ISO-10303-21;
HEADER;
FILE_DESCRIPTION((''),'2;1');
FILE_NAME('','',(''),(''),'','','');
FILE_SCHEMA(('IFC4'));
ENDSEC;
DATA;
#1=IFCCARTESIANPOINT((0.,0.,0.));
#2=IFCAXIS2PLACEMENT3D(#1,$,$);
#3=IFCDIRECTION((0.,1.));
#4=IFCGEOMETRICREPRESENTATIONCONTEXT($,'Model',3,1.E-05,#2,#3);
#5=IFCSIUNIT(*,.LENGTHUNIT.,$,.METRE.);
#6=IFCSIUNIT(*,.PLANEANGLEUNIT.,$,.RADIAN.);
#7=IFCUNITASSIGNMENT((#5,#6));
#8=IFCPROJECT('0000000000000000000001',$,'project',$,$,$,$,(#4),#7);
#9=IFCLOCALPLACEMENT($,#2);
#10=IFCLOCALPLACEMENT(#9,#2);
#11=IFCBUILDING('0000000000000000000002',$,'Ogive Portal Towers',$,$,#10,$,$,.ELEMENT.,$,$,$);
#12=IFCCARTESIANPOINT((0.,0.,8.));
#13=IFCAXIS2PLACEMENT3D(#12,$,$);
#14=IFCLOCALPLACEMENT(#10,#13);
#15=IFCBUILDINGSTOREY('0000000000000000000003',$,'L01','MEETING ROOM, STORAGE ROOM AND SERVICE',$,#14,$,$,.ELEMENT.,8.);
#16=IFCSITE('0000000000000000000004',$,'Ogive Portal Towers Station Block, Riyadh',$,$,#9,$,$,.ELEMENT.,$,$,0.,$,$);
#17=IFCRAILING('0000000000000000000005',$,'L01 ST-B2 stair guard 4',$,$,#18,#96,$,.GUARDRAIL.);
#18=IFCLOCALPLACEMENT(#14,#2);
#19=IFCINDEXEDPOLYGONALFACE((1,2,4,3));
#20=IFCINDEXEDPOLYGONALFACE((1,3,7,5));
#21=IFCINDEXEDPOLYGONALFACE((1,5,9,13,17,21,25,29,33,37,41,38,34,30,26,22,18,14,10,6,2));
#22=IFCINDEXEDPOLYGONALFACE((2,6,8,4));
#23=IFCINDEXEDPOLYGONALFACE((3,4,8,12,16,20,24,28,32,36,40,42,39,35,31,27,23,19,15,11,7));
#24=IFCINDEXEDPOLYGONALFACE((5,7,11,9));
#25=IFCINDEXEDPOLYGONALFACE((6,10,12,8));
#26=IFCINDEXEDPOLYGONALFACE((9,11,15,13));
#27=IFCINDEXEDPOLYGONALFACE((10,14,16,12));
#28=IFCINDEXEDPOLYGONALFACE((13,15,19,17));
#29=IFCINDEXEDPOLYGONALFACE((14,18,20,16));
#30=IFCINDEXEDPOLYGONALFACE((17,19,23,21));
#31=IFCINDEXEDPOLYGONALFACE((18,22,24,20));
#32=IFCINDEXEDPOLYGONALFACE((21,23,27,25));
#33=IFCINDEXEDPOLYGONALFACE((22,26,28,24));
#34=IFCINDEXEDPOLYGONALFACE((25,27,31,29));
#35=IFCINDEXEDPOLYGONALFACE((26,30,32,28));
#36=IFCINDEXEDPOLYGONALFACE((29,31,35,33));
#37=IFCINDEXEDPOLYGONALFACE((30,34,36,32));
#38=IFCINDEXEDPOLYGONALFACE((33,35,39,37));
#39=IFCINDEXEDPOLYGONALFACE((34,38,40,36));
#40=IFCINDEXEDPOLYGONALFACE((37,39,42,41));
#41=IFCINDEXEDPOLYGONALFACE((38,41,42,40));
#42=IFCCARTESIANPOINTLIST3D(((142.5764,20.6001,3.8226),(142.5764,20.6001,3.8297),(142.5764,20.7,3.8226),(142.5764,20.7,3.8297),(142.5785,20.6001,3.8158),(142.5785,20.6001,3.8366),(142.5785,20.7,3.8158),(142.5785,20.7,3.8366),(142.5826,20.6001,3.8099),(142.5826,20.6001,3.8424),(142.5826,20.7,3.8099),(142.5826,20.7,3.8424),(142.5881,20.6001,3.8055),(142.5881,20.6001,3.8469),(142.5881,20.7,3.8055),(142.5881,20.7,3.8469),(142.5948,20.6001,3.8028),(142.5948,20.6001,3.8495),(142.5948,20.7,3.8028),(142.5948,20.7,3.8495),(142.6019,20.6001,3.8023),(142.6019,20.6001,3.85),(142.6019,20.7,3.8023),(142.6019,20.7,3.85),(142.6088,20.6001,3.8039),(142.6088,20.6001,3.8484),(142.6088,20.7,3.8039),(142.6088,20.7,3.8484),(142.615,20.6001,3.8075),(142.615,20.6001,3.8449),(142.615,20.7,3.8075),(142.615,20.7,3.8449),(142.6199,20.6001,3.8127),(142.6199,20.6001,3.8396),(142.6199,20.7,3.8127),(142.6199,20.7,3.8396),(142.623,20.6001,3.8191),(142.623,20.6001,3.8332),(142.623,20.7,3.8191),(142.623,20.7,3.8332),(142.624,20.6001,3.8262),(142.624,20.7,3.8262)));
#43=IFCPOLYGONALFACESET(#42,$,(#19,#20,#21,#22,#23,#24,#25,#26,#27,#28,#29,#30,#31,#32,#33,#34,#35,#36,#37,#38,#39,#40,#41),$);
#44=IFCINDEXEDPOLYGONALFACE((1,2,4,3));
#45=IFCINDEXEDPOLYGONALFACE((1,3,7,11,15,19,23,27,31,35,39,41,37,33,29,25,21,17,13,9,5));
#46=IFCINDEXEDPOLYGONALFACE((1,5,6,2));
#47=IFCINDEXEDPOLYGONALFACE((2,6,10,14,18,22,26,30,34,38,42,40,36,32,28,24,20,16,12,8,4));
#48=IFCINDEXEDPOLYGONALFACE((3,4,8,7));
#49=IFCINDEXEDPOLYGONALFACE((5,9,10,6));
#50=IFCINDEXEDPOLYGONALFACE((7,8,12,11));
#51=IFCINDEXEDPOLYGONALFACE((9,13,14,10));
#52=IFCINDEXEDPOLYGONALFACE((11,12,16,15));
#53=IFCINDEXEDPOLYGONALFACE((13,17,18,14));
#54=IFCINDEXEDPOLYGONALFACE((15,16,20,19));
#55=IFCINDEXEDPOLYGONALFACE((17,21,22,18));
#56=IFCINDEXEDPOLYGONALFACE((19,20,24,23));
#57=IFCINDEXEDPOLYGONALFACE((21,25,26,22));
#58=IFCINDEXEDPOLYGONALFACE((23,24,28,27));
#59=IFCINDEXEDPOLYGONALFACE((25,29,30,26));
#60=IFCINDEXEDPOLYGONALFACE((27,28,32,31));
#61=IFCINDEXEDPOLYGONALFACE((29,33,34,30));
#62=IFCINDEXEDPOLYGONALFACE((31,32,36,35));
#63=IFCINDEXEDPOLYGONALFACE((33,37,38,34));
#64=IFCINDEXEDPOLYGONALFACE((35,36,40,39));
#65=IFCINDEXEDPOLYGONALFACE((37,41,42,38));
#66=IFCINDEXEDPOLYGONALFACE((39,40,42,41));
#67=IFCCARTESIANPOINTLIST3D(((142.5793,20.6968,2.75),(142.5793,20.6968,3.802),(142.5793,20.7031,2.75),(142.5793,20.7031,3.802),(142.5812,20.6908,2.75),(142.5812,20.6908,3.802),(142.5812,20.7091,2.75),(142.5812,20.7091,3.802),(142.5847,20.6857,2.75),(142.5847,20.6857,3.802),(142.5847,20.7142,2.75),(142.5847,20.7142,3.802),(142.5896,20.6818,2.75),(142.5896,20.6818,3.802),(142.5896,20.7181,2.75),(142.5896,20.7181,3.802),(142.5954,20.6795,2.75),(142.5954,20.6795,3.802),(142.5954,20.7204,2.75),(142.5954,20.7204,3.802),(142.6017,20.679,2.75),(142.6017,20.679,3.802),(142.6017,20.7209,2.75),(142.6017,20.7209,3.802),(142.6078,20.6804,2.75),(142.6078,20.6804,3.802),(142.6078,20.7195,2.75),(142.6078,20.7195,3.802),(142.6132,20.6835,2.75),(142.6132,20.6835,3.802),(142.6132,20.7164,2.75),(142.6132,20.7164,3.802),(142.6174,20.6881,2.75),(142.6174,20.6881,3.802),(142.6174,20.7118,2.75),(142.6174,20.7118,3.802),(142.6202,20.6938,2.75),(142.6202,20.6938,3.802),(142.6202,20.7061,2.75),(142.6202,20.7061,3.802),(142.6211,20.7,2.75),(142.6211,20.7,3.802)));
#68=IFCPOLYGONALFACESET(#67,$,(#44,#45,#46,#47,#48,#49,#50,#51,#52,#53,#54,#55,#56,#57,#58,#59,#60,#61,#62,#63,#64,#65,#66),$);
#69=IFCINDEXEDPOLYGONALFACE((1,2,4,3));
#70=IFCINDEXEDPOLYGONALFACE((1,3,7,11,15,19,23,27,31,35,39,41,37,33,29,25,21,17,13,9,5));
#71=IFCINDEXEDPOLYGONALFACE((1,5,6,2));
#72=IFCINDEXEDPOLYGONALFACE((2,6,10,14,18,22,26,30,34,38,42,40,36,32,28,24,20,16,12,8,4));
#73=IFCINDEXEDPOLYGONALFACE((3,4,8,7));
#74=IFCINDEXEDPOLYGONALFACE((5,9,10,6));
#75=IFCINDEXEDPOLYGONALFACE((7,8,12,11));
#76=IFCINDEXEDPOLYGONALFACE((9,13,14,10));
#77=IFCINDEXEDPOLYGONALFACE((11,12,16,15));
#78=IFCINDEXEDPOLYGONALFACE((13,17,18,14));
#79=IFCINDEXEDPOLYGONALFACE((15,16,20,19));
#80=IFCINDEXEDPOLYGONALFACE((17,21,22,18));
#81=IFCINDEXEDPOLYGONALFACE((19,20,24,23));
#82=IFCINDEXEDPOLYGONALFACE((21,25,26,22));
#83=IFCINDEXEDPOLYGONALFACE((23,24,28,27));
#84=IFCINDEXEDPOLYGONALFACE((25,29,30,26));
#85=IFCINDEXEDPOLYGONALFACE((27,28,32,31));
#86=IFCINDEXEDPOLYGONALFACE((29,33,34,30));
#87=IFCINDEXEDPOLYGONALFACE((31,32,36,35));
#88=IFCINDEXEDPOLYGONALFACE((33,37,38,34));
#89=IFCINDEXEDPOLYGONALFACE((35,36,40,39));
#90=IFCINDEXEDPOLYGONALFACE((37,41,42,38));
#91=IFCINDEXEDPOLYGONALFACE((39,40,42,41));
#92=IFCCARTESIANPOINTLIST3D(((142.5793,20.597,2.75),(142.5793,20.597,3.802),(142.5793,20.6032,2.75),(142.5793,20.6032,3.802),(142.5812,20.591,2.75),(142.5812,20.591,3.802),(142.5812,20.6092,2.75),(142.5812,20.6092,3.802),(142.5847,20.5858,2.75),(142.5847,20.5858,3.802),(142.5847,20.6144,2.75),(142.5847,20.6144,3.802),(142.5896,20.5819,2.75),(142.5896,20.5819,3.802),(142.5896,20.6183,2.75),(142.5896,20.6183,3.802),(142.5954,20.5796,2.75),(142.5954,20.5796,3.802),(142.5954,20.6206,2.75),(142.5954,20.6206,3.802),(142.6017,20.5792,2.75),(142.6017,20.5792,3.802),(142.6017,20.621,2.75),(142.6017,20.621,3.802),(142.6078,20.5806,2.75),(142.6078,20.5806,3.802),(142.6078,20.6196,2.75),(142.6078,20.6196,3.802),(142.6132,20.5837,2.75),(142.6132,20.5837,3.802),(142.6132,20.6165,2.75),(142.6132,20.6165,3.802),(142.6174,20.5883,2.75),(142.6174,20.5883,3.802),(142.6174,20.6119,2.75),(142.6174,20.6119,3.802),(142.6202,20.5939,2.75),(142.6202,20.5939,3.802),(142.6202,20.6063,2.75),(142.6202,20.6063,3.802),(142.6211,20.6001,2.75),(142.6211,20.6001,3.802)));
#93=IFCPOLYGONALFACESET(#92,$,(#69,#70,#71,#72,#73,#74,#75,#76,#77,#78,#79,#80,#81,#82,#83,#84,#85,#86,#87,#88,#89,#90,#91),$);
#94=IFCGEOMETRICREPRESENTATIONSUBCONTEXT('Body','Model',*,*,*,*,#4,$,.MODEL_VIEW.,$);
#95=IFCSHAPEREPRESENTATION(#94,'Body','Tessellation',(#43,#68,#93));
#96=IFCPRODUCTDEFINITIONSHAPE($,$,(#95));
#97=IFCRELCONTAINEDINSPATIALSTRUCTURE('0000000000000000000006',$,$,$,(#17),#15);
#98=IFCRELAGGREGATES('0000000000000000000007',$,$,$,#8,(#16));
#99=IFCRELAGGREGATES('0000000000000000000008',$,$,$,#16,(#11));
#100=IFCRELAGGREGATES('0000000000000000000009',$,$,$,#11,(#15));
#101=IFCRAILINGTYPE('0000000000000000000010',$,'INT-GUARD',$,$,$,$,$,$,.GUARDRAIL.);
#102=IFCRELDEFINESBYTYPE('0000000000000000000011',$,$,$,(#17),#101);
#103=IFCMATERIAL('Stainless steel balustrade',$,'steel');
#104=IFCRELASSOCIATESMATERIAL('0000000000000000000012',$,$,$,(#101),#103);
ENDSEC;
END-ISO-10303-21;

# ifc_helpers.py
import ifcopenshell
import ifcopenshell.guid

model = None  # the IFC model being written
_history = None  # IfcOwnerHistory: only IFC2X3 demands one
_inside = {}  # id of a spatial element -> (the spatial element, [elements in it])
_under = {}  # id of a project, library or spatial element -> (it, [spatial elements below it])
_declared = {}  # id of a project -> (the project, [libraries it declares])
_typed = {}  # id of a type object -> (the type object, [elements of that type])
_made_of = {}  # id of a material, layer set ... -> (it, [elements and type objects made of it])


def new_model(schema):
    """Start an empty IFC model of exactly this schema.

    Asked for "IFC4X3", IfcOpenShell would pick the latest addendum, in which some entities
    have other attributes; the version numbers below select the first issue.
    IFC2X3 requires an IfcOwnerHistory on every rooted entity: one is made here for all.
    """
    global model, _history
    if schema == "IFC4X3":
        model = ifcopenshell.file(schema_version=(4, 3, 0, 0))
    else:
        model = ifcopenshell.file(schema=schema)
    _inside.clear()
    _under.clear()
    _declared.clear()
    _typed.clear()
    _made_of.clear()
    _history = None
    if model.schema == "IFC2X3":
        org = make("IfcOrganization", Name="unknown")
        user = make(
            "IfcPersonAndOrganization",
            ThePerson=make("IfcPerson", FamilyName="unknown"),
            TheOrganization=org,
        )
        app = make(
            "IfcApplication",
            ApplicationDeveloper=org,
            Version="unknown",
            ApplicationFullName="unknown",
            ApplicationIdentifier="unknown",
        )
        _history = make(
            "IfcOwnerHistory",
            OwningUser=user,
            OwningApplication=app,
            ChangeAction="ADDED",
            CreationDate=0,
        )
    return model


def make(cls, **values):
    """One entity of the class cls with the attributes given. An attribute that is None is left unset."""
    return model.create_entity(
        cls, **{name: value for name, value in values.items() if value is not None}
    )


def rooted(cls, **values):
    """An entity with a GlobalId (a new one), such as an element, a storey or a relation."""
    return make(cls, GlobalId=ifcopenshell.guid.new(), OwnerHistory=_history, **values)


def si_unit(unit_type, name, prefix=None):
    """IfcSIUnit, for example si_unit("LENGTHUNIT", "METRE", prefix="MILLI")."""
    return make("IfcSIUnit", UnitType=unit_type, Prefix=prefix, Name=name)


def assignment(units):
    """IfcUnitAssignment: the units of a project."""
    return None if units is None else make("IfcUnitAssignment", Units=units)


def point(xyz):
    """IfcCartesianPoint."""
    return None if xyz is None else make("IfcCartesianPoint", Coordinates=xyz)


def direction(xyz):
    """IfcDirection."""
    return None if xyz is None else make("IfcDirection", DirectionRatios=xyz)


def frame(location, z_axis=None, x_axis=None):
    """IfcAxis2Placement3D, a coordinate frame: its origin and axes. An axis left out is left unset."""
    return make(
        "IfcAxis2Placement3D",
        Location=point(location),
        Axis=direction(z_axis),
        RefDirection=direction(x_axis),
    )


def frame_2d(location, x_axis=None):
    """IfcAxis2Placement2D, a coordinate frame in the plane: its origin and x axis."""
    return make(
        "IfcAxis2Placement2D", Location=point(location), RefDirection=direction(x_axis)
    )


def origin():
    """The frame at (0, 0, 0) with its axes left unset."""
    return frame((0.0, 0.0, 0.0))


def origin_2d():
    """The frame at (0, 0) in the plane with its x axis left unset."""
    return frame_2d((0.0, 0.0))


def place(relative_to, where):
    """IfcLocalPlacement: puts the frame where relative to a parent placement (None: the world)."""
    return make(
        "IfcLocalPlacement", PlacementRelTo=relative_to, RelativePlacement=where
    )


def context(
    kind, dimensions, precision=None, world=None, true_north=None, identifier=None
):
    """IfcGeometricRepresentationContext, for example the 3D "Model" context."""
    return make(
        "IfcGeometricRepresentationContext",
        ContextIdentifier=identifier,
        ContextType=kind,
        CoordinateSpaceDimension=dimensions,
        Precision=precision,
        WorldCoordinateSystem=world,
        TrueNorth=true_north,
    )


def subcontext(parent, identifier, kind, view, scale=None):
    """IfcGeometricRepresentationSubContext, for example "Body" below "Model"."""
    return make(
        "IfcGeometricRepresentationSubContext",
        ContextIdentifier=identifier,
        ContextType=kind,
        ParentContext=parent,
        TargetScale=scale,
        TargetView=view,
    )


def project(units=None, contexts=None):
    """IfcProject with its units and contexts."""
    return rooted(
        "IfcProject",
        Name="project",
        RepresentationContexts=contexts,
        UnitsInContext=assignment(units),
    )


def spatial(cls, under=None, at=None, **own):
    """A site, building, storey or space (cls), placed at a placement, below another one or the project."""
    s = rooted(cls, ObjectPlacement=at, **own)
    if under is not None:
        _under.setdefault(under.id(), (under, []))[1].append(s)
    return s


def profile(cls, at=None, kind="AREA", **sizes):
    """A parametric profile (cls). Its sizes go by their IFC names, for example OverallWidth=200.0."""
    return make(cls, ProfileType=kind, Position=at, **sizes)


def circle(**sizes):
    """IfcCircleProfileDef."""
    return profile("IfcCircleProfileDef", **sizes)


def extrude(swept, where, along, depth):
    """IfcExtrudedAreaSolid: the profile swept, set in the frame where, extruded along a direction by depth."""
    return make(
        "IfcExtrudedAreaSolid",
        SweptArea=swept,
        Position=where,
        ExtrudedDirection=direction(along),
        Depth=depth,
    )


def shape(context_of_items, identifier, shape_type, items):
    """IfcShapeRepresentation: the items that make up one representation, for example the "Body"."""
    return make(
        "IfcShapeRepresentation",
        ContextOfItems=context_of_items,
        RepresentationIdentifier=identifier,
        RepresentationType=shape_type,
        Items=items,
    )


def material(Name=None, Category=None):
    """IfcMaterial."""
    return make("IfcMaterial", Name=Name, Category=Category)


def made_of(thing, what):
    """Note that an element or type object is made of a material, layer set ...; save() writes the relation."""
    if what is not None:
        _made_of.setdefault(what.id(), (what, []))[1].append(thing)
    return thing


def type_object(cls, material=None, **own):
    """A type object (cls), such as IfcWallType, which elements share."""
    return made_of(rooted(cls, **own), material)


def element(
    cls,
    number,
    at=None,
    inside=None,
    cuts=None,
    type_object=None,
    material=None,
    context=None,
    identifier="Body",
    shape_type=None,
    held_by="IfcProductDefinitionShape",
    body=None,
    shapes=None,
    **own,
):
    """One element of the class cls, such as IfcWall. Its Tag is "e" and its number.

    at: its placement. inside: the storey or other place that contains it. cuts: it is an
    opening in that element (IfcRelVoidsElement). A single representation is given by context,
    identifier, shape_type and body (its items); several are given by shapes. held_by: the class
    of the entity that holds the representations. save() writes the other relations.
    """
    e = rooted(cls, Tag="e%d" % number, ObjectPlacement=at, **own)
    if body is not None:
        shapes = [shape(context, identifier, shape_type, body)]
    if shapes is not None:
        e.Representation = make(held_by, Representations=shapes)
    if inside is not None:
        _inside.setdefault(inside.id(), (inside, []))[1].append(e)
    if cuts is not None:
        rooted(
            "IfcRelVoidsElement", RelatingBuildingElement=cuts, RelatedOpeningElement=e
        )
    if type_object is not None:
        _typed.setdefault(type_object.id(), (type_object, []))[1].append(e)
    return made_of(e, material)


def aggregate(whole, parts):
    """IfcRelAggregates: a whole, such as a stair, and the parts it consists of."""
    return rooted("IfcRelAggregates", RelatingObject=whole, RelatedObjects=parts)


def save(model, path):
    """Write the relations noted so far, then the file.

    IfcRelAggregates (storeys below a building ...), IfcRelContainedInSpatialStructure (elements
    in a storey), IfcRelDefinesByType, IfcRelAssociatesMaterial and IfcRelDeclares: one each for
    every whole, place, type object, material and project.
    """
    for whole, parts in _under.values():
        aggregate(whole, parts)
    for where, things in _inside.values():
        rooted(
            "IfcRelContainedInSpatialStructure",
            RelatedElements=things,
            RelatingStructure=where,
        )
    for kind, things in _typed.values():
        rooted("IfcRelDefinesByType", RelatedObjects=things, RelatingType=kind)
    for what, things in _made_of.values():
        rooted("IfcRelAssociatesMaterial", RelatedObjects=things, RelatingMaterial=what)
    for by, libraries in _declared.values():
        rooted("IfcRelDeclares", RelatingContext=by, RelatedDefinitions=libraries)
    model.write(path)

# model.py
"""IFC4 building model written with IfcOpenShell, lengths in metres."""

from ifc_helpers import new_model, si_unit, direction, frame, origin, origin_2d, place, context, subcontext, project, spatial, circle, extrude, material, type_object, element, save


model = new_model("IFC4")

# Units and contexts
model_context = context("Model", 3, precision=1e-05, world=origin(), true_north=direction((0.0, 1.0)))
body_context = subcontext(model_context, "Body", "Model", "MODEL_VIEW")
ifc_project = project(units=[si_unit("LENGTHUNIT", "METRE"), si_unit("PLANEANGLEUNIT", "RADIAN")], contexts=[model_context])

# Site, building, storey
site_placement = place(None, origin())
site = spatial("IfcSite", under=ifc_project, at=site_placement, Name="Ogive Portal Towers Station Block, Riyadh", CompositionType="ELEMENT", RefElevation=0.0)
building_placement = place(site_placement, origin())
building = spatial("IfcBuilding", under=site, at=building_placement, Name="Ogive Portal Towers", CompositionType="ELEMENT")
storey_placement = place(building_placement, frame((0.0, 0.0, 8.0)))
storey = spatial("IfcBuildingStorey", under=building, at=storey_placement, Name="L01", Description="MEETING ROOM, STORAGE ROOM AND SERVICE", CompositionType="ELEMENT", Elevation=8.0)

# Railing
ifc_material_1 = material(Name="Stainless steel balustrade", Category="steel")
railing_type_1 = type_object("IfcRailingType", Name="INT-GUARD", PredefinedType="GUARDRAIL", material=ifc_material_1)
railing_1_placement = place(storey_placement, frame((142.6001, 20.7, 2.75)))
element("IfcRailing", 1, at=railing_1_placement, inside=storey, type_object=railing_type_1, Name="L01 ST-B2 stair guard 4", PredefinedType="GUARDRAIL", context=body_context, shape_type="SweptSolid", body=[
    extrude(circle(Radius=0.0239, at=origin_2d()), frame((0.0, 0.0, 1.0762), z_axis=(0.0, -1.0, 0.0), x_axis=(1.0, 0.0, 0.0)), (0.0, 0.0, 1.0), 0.0999),
    extrude(circle(Radius=0.021, at=origin_2d()), origin(), (0.0, 0.0, 1.0), 1.052),
    extrude(circle(Radius=0.021, at=origin_2d()), frame((0.0, -0.0999, 0.0)), (0.0, 0.0, 1.0), 1.052),
])

save(model, "model.ifc")
